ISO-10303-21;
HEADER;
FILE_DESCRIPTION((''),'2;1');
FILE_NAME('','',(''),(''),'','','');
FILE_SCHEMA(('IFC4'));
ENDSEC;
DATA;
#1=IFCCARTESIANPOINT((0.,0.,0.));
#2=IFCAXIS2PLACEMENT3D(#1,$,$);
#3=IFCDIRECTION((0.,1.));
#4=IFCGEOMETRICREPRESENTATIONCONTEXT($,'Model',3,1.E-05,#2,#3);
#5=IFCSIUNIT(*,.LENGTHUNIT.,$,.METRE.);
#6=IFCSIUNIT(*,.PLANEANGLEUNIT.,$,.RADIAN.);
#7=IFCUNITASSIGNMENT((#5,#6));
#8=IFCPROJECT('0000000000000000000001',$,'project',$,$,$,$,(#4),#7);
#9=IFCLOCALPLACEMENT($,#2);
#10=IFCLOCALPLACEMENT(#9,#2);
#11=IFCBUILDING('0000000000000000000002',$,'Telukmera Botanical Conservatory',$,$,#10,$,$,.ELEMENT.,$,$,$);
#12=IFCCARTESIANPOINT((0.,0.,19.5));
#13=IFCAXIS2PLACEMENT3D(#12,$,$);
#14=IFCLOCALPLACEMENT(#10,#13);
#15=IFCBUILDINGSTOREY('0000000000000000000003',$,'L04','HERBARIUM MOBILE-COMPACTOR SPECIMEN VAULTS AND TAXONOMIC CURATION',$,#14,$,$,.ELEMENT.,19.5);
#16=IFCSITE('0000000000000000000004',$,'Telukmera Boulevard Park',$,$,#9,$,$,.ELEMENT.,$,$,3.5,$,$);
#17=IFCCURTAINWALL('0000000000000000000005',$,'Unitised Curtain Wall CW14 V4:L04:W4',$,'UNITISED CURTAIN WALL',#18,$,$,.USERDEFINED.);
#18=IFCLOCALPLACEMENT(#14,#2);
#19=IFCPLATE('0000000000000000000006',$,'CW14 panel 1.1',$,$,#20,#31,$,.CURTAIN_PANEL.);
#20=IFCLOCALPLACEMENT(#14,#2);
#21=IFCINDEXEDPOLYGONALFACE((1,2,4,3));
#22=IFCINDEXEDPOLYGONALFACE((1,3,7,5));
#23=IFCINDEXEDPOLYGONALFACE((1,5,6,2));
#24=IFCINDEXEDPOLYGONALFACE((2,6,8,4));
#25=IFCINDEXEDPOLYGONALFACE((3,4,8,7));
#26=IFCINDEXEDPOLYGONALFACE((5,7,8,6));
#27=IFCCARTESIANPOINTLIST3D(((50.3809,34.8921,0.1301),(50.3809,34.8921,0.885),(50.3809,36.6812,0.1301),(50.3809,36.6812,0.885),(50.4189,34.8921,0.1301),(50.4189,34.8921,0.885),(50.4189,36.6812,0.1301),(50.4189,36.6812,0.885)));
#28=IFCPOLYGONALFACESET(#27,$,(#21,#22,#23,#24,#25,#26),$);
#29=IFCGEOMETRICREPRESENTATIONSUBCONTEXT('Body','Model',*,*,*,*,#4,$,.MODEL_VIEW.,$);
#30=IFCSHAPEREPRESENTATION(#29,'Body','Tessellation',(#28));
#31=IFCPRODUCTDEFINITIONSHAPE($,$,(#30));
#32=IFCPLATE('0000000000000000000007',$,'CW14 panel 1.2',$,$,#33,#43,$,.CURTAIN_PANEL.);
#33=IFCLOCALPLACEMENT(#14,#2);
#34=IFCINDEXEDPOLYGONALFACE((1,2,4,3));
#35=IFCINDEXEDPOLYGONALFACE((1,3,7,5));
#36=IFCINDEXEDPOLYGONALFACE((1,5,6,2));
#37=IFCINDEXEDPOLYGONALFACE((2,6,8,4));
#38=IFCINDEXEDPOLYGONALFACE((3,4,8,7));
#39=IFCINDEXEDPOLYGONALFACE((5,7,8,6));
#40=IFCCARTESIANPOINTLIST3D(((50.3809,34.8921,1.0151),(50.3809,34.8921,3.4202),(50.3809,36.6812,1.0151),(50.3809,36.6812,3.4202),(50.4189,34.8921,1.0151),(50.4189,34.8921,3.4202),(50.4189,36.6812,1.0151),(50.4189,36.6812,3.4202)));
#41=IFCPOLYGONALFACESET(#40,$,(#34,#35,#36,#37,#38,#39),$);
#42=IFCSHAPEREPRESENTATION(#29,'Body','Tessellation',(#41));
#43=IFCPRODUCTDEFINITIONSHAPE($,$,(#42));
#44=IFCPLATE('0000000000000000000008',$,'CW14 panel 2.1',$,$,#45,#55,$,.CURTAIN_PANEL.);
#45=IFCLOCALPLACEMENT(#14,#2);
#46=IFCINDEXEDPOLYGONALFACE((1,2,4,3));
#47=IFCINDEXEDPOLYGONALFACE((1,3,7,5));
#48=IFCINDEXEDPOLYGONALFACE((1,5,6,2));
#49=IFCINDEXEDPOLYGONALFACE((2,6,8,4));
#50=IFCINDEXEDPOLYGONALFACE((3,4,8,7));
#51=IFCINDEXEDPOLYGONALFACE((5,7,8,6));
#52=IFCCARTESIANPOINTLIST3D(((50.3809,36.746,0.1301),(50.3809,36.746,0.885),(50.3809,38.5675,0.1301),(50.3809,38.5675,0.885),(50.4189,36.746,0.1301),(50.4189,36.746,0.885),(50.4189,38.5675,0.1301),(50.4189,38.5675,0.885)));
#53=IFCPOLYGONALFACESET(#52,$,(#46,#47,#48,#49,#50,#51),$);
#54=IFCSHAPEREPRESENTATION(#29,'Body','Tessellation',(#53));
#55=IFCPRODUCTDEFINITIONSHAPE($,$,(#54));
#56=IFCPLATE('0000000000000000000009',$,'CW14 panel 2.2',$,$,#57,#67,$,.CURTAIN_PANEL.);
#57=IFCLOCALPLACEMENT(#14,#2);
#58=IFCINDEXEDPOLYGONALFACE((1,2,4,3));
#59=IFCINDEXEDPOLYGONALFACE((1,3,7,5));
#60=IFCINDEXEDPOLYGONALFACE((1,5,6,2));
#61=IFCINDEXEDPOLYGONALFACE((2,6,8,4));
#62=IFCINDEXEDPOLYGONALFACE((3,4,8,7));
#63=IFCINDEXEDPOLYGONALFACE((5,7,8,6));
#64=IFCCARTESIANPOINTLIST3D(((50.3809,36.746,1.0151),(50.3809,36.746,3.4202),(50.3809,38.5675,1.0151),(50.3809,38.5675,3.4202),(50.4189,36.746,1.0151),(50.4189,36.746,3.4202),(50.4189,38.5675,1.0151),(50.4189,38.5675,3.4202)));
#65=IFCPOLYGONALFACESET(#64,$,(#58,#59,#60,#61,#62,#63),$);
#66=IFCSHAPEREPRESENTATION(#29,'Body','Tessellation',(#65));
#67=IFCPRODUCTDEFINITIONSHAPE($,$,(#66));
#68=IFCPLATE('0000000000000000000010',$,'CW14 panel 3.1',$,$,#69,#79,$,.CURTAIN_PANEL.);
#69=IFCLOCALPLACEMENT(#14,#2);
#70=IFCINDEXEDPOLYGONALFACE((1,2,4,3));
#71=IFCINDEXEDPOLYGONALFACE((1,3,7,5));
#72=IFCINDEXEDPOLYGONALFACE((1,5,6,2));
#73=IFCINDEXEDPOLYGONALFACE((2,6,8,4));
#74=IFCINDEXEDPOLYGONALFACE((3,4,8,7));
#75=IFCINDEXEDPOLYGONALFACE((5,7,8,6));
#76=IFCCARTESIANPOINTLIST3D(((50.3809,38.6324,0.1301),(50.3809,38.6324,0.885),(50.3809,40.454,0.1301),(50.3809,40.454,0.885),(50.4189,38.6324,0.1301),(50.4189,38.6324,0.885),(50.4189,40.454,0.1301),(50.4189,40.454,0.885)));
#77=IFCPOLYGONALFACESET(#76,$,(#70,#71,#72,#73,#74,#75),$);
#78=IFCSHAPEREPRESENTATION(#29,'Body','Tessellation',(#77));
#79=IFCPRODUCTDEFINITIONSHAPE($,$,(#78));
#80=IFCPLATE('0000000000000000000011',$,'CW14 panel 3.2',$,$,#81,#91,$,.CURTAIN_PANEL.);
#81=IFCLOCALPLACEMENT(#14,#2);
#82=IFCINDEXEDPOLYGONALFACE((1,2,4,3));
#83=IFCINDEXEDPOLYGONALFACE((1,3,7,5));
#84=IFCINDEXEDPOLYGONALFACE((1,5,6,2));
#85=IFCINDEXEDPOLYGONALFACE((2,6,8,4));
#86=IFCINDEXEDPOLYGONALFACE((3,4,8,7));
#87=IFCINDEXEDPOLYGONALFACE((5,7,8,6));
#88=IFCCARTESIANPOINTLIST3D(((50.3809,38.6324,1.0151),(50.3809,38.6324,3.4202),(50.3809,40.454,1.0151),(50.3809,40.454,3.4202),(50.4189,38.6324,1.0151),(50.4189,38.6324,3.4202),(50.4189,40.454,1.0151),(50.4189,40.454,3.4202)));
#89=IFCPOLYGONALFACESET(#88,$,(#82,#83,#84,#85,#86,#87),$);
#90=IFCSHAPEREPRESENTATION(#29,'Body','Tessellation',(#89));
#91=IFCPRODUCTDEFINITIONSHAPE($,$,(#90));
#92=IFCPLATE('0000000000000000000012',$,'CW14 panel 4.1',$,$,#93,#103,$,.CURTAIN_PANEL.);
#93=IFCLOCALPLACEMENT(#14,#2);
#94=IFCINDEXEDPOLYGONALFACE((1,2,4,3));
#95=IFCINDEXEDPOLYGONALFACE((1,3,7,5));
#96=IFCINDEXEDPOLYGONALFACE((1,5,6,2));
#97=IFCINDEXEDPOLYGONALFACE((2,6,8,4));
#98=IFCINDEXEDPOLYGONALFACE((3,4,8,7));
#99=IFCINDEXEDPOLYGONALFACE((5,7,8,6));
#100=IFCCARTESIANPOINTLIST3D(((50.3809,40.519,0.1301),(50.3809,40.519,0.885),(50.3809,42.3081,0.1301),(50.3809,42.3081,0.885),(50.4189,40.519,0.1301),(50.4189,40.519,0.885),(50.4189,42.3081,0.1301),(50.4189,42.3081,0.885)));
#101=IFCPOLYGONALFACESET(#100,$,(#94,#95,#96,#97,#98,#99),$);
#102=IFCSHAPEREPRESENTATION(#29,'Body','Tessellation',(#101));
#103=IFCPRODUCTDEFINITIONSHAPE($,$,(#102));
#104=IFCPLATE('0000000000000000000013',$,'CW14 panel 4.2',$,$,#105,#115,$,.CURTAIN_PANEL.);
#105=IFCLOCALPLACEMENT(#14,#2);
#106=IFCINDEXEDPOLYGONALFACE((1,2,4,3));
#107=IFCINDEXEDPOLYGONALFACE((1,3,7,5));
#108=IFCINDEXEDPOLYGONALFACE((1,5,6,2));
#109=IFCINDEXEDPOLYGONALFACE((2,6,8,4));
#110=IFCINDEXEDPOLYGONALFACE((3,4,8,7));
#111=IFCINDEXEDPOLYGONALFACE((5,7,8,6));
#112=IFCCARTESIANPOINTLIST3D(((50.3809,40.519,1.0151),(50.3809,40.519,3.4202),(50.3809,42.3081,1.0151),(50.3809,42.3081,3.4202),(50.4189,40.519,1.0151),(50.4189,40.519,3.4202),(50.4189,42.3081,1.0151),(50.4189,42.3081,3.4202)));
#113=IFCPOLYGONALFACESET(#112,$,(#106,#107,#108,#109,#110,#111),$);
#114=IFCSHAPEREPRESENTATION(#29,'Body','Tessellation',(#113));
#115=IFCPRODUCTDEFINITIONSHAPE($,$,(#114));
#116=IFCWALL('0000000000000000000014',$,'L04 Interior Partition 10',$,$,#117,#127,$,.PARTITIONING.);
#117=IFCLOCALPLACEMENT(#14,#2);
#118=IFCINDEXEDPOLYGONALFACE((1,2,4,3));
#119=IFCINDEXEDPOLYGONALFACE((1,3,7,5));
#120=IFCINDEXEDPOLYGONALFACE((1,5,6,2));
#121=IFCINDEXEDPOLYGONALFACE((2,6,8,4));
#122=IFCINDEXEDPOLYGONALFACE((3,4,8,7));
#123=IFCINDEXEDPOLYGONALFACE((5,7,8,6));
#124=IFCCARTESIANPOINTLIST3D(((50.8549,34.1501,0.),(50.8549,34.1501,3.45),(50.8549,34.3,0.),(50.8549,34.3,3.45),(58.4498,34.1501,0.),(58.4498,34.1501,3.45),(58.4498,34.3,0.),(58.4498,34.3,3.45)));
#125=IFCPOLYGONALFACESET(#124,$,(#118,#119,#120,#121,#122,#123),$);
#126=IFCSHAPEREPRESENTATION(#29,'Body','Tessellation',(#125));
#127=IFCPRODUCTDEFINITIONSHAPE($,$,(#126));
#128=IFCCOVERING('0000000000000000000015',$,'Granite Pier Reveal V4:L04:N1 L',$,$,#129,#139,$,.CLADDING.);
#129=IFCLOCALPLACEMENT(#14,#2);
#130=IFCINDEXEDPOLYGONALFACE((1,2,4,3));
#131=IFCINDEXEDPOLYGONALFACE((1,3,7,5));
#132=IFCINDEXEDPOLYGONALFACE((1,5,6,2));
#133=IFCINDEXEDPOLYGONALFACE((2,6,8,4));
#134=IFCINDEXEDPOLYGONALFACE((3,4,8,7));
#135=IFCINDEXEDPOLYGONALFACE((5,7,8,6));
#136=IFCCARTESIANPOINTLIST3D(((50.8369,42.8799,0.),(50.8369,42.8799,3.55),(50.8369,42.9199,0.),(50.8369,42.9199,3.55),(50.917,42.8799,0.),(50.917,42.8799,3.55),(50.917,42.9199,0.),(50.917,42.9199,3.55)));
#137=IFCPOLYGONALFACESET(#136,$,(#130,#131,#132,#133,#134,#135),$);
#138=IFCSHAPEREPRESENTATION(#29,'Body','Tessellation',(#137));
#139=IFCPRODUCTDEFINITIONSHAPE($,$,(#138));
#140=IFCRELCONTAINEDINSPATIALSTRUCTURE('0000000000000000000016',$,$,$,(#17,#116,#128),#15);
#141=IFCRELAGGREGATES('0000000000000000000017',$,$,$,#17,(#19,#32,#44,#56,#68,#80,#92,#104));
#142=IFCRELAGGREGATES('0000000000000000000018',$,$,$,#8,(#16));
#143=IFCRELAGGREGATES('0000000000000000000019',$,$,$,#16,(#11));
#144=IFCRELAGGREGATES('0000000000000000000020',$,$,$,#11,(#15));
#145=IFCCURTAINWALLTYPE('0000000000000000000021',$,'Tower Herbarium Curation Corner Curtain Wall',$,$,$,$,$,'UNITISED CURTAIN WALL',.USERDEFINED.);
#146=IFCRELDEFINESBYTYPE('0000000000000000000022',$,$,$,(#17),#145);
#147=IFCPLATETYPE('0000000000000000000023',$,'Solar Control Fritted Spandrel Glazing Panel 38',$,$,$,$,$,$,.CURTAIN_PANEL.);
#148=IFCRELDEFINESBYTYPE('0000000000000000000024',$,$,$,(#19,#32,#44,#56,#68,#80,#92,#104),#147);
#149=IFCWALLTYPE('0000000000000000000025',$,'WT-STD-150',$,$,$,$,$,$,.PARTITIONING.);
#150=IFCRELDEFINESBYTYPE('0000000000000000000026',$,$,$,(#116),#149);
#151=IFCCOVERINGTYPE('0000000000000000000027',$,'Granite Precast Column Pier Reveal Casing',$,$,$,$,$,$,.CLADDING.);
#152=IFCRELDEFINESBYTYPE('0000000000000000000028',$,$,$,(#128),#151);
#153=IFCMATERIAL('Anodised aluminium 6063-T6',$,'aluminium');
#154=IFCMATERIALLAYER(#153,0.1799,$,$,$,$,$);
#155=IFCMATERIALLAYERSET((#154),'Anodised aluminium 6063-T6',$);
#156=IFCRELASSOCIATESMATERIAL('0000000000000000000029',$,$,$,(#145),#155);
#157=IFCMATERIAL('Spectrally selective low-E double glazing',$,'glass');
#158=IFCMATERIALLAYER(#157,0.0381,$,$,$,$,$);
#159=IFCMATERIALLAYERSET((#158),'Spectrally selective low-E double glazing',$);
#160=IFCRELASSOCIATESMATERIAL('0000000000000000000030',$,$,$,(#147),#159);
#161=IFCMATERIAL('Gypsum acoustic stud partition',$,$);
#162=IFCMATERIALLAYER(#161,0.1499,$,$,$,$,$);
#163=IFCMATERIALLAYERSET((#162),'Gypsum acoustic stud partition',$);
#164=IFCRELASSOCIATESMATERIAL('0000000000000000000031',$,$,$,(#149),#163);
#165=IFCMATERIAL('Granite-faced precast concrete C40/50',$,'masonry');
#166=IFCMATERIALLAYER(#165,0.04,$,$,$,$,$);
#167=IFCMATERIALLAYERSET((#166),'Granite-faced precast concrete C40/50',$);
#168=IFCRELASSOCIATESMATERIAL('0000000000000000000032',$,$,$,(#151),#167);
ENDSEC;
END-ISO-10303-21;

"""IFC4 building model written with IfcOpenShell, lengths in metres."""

from ifc_helpers import new_model, si_unit, direction, frame, frame_2d, origin, origin_2d, place, context, subcontext, project, spatial, rectangle, extrude, material, layer, layer_set, type_object, element, aggregate, save


model = new_model("IFC4")

# Units and contexts
model_context = context("Model", 3, precision=1e-05, world=origin(), true_north=direction((0.0, 1.0)))
body_context = subcontext(model_context, "Body", "Model", "MODEL_VIEW")
ifc_project = project(units=[si_unit("LENGTHUNIT", "METRE"), si_unit("PLANEANGLEUNIT", "RADIAN")], contexts=[model_context])

# Site, building, storey
site_placement = place(None, origin())
site = spatial("IfcSite", under=ifc_project, at=site_placement, Name="Telukmera Boulevard Park", CompositionType="ELEMENT", RefElevation=3.5)
building_placement = place(site_placement, origin())
building = spatial("IfcBuilding", under=site, at=building_placement, Name="Telukmera Botanical Conservatory", CompositionType="ELEMENT")
storey_placement = place(building_placement, frame((0.0, 0.0, 19.5)))
storey = spatial("IfcBuildingStorey", under=building, at=storey_placement, Name="L04", Description="HERBARIUM MOBILE-COMPACTOR SPECIMEN VAULTS AND TAXONOMIC CURATION", CompositionType="ELEMENT", Elevation=19.5)

# Curtain wall
ifc_material_1 = material(Name="Anodised aluminium 6063-T6", Category="aluminium")
ifc_layer_1 = layer(ifc_material_1, 0.1799)
ifc_layer_set_1 = layer_set([ifc_layer_1], Name="Anodised aluminium 6063-T6")
curtain_wall_type = type_object("IfcCurtainWallType", Name="Tower Herbarium Curation Corner Curtain Wall", ElementType="UNITISED CURTAIN WALL", PredefinedType="USERDEFINED", material=ifc_layer_set_1)
curtain_wall_1_placement = place(storey_placement, origin())
curtain_wall_1 = element("IfcCurtainWall", 1, at=curtain_wall_1_placement, inside=storey, type_object=curtain_wall_type, Name="Unitised Curtain Wall CW14 V4:L04:W4", ObjectType="UNITISED CURTAIN WALL", PredefinedType="USERDEFINED")

# Plates
ifc_material_2 = material(Name="Spectrally selective low-E double glazing", Category="glass")
ifc_layer_2 = layer(ifc_material_2, 0.0381)
ifc_layer_set_2 = layer_set([ifc_layer_2], Name="Spectrally selective low-E double glazing")
plate_type = type_object("IfcPlateType", Name="Solar Control Fritted Spandrel Glazing Panel 38", PredefinedType="CURTAIN_PANEL", material=ifc_layer_set_2)
plate_1_placement = place(storey_placement, frame((50.3999, 35.7866, 0.1301), z_axis=(0.0, 0.0, 1.0), x_axis=(0.0, 1.0, 0.0)))
plate_1 = element("IfcPlate", 2, at=plate_1_placement, type_object=plate_type, Name="CW14 panel 1.1", PredefinedType="CURTAIN_PANEL", context=body_context, shape_type="SweptSolid", body=[
    extrude(rectangle(XDim=1.7891, YDim=0.0381, at=origin_2d()), origin(), (0.0, 0.0, 1.0), 0.7549),
])
plate_2_placement = place(storey_placement, frame((50.3999, 35.7866, 1.0151), z_axis=(0.0, 0.0, 1.0), x_axis=(0.0, 1.0, 0.0)))
plate_2 = element("IfcPlate", 3, at=plate_2_placement, type_object=plate_type, Name="CW14 panel 1.2", PredefinedType="CURTAIN_PANEL", context=body_context, shape_type="SweptSolid", body=[
    extrude(rectangle(XDim=1.7891, YDim=0.0381, at=origin_2d()), origin(), (0.0, 0.0, 1.0), 2.405),
])
plate_3_placement = place(storey_placement, frame((50.3999, 37.6567, 0.1301), z_axis=(0.0, 0.0, 1.0), x_axis=(0.0, 1.0, 0.0)))
plate_3 = element("IfcPlate", 4, at=plate_3_placement, type_object=plate_type, Name="CW14 panel 2.1", PredefinedType="CURTAIN_PANEL", context=body_context, shape_type="SweptSolid", body=[
    extrude(rectangle(XDim=1.8215, YDim=0.0381, at=origin_2d()), origin(), (0.0, 0.0, 1.0), 0.7549),
])
plate_4_placement = place(storey_placement, frame((50.3999, 37.6567, 1.0151), z_axis=(0.0, 0.0, 1.0), x_axis=(0.0, 1.0, 0.0)))
plate_4 = element("IfcPlate", 5, at=plate_4_placement, type_object=plate_type, Name="CW14 panel 2.2", PredefinedType="CURTAIN_PANEL", context=body_context, shape_type="SweptSolid", body=[
    extrude(rectangle(XDim=1.8215, YDim=0.0381, at=origin_2d()), origin(), (0.0, 0.0, 1.0), 2.405),
])
plate_5_placement = place(storey_placement, frame((50.3999, 39.5432, 0.1301), z_axis=(0.0, 0.0, 1.0), x_axis=(0.0, 1.0, 0.0)))
plate_5 = element("IfcPlate", 6, at=plate_5_placement, type_object=plate_type, Name="CW14 panel 3.1", PredefinedType="CURTAIN_PANEL", context=body_context, shape_type="SweptSolid", body=[
    extrude(rectangle(XDim=1.8215, YDim=0.0381, at=origin_2d()), origin(), (0.0, 0.0, 1.0), 0.7549),
])
plate_6_placement = place(storey_placement, frame((50.3999, 39.5432, 1.0151), z_axis=(0.0, 0.0, 1.0), x_axis=(0.0, 1.0, 0.0)))
plate_6 = element("IfcPlate", 7, at=plate_6_placement, type_object=plate_type, Name="CW14 panel 3.2", PredefinedType="CURTAIN_PANEL", context=body_context, shape_type="SweptSolid", body=[
    extrude(rectangle(XDim=1.8215, YDim=0.0381, at=origin_2d()), origin(), (0.0, 0.0, 1.0), 2.405),
])
plate_7_placement = place(storey_placement, frame((50.3999, 41.4136, 0.1301), z_axis=(0.0, 0.0, 1.0), x_axis=(0.0, 1.0, 0.0)))
plate_7 = element("IfcPlate", 8, at=plate_7_placement, type_object=plate_type, Name="CW14 panel 4.1", PredefinedType="CURTAIN_PANEL", context=body_context, shape_type="SweptSolid", body=[
    extrude(rectangle(XDim=1.7891, YDim=0.0381, at=origin_2d()), origin(), (0.0, 0.0, 1.0), 0.7549),
])
plate_8_placement = place(storey_placement, frame((50.3999, 41.4136, 1.0151), z_axis=(0.0, 0.0, 1.0), x_axis=(0.0, 1.0, 0.0)))
plate_8 = element("IfcPlate", 9, at=plate_8_placement, type_object=plate_type, Name="CW14 panel 4.2", PredefinedType="CURTAIN_PANEL", context=body_context, shape_type="SweptSolid", body=[
    extrude(rectangle(XDim=1.7891, YDim=0.0381, at=origin_2d()), origin(), (0.0, 0.0, 1.0), 2.405),
])
aggregate(curtain_wall_1, [plate_1, plate_2, plate_3, plate_4, plate_5, plate_6, plate_7, plate_8])

# Wall
ifc_material_3 = material(Name="Gypsum acoustic stud partition")
ifc_layer_3 = layer(ifc_material_3, 0.1499)
ifc_layer_set_3 = layer_set([ifc_layer_3], Name="Gypsum acoustic stud partition")
wall_type = type_object("IfcWallType", Name="WT-STD-150", PredefinedType="PARTITIONING", material=ifc_layer_set_3)
wall_placement = place(storey_placement, frame((50.855, 34.2251, 0.0), z_axis=(0.0, 0.0, 1.0), x_axis=(1.0, 0.0, 0.0)))
element("IfcWall", 10, at=wall_placement, inside=storey, type_object=wall_type, Name="L04 Interior Partition 10", PredefinedType="PARTITIONING", context=body_context, shape_type="SweptSolid", body=[
    extrude(rectangle(XDim=7.595, YDim=0.1499, at=frame_2d((3.7974, 0.0))), origin(), (0.0, 0.0, 1.0), 3.45),
])

# Covering
ifc_material_4 = material(Name="Granite-faced precast concrete C40/50", Category="masonry")
ifc_layer_4 = layer(ifc_material_4, 0.04)
ifc_layer_set_4 = layer_set([ifc_layer_4], Name="Granite-faced precast concrete C40/50")
covering_type = type_object("IfcCoveringType", Name="Granite Precast Column Pier Reveal Casing", PredefinedType="CLADDING", material=ifc_layer_set_4)
covering_placement = place(storey_placement, frame((50.877, 42.8999, 0.0), z_axis=(0.0, 0.0, 1.0), x_axis=(1.0, 0.0, 0.0)))
element("IfcCovering", 11, at=covering_placement, inside=storey, type_object=covering_type, Name="Granite Pier Reveal V4:L04:N1 L", PredefinedType="CLADDING", context=body_context, shape_type="SweptSolid", body=[
    extrude(rectangle(XDim=0.0801, YDim=0.04, at=origin_2d()), origin(), (0.0, 0.0, 1.0), 3.55),
])

save(model, "model.ifc")
